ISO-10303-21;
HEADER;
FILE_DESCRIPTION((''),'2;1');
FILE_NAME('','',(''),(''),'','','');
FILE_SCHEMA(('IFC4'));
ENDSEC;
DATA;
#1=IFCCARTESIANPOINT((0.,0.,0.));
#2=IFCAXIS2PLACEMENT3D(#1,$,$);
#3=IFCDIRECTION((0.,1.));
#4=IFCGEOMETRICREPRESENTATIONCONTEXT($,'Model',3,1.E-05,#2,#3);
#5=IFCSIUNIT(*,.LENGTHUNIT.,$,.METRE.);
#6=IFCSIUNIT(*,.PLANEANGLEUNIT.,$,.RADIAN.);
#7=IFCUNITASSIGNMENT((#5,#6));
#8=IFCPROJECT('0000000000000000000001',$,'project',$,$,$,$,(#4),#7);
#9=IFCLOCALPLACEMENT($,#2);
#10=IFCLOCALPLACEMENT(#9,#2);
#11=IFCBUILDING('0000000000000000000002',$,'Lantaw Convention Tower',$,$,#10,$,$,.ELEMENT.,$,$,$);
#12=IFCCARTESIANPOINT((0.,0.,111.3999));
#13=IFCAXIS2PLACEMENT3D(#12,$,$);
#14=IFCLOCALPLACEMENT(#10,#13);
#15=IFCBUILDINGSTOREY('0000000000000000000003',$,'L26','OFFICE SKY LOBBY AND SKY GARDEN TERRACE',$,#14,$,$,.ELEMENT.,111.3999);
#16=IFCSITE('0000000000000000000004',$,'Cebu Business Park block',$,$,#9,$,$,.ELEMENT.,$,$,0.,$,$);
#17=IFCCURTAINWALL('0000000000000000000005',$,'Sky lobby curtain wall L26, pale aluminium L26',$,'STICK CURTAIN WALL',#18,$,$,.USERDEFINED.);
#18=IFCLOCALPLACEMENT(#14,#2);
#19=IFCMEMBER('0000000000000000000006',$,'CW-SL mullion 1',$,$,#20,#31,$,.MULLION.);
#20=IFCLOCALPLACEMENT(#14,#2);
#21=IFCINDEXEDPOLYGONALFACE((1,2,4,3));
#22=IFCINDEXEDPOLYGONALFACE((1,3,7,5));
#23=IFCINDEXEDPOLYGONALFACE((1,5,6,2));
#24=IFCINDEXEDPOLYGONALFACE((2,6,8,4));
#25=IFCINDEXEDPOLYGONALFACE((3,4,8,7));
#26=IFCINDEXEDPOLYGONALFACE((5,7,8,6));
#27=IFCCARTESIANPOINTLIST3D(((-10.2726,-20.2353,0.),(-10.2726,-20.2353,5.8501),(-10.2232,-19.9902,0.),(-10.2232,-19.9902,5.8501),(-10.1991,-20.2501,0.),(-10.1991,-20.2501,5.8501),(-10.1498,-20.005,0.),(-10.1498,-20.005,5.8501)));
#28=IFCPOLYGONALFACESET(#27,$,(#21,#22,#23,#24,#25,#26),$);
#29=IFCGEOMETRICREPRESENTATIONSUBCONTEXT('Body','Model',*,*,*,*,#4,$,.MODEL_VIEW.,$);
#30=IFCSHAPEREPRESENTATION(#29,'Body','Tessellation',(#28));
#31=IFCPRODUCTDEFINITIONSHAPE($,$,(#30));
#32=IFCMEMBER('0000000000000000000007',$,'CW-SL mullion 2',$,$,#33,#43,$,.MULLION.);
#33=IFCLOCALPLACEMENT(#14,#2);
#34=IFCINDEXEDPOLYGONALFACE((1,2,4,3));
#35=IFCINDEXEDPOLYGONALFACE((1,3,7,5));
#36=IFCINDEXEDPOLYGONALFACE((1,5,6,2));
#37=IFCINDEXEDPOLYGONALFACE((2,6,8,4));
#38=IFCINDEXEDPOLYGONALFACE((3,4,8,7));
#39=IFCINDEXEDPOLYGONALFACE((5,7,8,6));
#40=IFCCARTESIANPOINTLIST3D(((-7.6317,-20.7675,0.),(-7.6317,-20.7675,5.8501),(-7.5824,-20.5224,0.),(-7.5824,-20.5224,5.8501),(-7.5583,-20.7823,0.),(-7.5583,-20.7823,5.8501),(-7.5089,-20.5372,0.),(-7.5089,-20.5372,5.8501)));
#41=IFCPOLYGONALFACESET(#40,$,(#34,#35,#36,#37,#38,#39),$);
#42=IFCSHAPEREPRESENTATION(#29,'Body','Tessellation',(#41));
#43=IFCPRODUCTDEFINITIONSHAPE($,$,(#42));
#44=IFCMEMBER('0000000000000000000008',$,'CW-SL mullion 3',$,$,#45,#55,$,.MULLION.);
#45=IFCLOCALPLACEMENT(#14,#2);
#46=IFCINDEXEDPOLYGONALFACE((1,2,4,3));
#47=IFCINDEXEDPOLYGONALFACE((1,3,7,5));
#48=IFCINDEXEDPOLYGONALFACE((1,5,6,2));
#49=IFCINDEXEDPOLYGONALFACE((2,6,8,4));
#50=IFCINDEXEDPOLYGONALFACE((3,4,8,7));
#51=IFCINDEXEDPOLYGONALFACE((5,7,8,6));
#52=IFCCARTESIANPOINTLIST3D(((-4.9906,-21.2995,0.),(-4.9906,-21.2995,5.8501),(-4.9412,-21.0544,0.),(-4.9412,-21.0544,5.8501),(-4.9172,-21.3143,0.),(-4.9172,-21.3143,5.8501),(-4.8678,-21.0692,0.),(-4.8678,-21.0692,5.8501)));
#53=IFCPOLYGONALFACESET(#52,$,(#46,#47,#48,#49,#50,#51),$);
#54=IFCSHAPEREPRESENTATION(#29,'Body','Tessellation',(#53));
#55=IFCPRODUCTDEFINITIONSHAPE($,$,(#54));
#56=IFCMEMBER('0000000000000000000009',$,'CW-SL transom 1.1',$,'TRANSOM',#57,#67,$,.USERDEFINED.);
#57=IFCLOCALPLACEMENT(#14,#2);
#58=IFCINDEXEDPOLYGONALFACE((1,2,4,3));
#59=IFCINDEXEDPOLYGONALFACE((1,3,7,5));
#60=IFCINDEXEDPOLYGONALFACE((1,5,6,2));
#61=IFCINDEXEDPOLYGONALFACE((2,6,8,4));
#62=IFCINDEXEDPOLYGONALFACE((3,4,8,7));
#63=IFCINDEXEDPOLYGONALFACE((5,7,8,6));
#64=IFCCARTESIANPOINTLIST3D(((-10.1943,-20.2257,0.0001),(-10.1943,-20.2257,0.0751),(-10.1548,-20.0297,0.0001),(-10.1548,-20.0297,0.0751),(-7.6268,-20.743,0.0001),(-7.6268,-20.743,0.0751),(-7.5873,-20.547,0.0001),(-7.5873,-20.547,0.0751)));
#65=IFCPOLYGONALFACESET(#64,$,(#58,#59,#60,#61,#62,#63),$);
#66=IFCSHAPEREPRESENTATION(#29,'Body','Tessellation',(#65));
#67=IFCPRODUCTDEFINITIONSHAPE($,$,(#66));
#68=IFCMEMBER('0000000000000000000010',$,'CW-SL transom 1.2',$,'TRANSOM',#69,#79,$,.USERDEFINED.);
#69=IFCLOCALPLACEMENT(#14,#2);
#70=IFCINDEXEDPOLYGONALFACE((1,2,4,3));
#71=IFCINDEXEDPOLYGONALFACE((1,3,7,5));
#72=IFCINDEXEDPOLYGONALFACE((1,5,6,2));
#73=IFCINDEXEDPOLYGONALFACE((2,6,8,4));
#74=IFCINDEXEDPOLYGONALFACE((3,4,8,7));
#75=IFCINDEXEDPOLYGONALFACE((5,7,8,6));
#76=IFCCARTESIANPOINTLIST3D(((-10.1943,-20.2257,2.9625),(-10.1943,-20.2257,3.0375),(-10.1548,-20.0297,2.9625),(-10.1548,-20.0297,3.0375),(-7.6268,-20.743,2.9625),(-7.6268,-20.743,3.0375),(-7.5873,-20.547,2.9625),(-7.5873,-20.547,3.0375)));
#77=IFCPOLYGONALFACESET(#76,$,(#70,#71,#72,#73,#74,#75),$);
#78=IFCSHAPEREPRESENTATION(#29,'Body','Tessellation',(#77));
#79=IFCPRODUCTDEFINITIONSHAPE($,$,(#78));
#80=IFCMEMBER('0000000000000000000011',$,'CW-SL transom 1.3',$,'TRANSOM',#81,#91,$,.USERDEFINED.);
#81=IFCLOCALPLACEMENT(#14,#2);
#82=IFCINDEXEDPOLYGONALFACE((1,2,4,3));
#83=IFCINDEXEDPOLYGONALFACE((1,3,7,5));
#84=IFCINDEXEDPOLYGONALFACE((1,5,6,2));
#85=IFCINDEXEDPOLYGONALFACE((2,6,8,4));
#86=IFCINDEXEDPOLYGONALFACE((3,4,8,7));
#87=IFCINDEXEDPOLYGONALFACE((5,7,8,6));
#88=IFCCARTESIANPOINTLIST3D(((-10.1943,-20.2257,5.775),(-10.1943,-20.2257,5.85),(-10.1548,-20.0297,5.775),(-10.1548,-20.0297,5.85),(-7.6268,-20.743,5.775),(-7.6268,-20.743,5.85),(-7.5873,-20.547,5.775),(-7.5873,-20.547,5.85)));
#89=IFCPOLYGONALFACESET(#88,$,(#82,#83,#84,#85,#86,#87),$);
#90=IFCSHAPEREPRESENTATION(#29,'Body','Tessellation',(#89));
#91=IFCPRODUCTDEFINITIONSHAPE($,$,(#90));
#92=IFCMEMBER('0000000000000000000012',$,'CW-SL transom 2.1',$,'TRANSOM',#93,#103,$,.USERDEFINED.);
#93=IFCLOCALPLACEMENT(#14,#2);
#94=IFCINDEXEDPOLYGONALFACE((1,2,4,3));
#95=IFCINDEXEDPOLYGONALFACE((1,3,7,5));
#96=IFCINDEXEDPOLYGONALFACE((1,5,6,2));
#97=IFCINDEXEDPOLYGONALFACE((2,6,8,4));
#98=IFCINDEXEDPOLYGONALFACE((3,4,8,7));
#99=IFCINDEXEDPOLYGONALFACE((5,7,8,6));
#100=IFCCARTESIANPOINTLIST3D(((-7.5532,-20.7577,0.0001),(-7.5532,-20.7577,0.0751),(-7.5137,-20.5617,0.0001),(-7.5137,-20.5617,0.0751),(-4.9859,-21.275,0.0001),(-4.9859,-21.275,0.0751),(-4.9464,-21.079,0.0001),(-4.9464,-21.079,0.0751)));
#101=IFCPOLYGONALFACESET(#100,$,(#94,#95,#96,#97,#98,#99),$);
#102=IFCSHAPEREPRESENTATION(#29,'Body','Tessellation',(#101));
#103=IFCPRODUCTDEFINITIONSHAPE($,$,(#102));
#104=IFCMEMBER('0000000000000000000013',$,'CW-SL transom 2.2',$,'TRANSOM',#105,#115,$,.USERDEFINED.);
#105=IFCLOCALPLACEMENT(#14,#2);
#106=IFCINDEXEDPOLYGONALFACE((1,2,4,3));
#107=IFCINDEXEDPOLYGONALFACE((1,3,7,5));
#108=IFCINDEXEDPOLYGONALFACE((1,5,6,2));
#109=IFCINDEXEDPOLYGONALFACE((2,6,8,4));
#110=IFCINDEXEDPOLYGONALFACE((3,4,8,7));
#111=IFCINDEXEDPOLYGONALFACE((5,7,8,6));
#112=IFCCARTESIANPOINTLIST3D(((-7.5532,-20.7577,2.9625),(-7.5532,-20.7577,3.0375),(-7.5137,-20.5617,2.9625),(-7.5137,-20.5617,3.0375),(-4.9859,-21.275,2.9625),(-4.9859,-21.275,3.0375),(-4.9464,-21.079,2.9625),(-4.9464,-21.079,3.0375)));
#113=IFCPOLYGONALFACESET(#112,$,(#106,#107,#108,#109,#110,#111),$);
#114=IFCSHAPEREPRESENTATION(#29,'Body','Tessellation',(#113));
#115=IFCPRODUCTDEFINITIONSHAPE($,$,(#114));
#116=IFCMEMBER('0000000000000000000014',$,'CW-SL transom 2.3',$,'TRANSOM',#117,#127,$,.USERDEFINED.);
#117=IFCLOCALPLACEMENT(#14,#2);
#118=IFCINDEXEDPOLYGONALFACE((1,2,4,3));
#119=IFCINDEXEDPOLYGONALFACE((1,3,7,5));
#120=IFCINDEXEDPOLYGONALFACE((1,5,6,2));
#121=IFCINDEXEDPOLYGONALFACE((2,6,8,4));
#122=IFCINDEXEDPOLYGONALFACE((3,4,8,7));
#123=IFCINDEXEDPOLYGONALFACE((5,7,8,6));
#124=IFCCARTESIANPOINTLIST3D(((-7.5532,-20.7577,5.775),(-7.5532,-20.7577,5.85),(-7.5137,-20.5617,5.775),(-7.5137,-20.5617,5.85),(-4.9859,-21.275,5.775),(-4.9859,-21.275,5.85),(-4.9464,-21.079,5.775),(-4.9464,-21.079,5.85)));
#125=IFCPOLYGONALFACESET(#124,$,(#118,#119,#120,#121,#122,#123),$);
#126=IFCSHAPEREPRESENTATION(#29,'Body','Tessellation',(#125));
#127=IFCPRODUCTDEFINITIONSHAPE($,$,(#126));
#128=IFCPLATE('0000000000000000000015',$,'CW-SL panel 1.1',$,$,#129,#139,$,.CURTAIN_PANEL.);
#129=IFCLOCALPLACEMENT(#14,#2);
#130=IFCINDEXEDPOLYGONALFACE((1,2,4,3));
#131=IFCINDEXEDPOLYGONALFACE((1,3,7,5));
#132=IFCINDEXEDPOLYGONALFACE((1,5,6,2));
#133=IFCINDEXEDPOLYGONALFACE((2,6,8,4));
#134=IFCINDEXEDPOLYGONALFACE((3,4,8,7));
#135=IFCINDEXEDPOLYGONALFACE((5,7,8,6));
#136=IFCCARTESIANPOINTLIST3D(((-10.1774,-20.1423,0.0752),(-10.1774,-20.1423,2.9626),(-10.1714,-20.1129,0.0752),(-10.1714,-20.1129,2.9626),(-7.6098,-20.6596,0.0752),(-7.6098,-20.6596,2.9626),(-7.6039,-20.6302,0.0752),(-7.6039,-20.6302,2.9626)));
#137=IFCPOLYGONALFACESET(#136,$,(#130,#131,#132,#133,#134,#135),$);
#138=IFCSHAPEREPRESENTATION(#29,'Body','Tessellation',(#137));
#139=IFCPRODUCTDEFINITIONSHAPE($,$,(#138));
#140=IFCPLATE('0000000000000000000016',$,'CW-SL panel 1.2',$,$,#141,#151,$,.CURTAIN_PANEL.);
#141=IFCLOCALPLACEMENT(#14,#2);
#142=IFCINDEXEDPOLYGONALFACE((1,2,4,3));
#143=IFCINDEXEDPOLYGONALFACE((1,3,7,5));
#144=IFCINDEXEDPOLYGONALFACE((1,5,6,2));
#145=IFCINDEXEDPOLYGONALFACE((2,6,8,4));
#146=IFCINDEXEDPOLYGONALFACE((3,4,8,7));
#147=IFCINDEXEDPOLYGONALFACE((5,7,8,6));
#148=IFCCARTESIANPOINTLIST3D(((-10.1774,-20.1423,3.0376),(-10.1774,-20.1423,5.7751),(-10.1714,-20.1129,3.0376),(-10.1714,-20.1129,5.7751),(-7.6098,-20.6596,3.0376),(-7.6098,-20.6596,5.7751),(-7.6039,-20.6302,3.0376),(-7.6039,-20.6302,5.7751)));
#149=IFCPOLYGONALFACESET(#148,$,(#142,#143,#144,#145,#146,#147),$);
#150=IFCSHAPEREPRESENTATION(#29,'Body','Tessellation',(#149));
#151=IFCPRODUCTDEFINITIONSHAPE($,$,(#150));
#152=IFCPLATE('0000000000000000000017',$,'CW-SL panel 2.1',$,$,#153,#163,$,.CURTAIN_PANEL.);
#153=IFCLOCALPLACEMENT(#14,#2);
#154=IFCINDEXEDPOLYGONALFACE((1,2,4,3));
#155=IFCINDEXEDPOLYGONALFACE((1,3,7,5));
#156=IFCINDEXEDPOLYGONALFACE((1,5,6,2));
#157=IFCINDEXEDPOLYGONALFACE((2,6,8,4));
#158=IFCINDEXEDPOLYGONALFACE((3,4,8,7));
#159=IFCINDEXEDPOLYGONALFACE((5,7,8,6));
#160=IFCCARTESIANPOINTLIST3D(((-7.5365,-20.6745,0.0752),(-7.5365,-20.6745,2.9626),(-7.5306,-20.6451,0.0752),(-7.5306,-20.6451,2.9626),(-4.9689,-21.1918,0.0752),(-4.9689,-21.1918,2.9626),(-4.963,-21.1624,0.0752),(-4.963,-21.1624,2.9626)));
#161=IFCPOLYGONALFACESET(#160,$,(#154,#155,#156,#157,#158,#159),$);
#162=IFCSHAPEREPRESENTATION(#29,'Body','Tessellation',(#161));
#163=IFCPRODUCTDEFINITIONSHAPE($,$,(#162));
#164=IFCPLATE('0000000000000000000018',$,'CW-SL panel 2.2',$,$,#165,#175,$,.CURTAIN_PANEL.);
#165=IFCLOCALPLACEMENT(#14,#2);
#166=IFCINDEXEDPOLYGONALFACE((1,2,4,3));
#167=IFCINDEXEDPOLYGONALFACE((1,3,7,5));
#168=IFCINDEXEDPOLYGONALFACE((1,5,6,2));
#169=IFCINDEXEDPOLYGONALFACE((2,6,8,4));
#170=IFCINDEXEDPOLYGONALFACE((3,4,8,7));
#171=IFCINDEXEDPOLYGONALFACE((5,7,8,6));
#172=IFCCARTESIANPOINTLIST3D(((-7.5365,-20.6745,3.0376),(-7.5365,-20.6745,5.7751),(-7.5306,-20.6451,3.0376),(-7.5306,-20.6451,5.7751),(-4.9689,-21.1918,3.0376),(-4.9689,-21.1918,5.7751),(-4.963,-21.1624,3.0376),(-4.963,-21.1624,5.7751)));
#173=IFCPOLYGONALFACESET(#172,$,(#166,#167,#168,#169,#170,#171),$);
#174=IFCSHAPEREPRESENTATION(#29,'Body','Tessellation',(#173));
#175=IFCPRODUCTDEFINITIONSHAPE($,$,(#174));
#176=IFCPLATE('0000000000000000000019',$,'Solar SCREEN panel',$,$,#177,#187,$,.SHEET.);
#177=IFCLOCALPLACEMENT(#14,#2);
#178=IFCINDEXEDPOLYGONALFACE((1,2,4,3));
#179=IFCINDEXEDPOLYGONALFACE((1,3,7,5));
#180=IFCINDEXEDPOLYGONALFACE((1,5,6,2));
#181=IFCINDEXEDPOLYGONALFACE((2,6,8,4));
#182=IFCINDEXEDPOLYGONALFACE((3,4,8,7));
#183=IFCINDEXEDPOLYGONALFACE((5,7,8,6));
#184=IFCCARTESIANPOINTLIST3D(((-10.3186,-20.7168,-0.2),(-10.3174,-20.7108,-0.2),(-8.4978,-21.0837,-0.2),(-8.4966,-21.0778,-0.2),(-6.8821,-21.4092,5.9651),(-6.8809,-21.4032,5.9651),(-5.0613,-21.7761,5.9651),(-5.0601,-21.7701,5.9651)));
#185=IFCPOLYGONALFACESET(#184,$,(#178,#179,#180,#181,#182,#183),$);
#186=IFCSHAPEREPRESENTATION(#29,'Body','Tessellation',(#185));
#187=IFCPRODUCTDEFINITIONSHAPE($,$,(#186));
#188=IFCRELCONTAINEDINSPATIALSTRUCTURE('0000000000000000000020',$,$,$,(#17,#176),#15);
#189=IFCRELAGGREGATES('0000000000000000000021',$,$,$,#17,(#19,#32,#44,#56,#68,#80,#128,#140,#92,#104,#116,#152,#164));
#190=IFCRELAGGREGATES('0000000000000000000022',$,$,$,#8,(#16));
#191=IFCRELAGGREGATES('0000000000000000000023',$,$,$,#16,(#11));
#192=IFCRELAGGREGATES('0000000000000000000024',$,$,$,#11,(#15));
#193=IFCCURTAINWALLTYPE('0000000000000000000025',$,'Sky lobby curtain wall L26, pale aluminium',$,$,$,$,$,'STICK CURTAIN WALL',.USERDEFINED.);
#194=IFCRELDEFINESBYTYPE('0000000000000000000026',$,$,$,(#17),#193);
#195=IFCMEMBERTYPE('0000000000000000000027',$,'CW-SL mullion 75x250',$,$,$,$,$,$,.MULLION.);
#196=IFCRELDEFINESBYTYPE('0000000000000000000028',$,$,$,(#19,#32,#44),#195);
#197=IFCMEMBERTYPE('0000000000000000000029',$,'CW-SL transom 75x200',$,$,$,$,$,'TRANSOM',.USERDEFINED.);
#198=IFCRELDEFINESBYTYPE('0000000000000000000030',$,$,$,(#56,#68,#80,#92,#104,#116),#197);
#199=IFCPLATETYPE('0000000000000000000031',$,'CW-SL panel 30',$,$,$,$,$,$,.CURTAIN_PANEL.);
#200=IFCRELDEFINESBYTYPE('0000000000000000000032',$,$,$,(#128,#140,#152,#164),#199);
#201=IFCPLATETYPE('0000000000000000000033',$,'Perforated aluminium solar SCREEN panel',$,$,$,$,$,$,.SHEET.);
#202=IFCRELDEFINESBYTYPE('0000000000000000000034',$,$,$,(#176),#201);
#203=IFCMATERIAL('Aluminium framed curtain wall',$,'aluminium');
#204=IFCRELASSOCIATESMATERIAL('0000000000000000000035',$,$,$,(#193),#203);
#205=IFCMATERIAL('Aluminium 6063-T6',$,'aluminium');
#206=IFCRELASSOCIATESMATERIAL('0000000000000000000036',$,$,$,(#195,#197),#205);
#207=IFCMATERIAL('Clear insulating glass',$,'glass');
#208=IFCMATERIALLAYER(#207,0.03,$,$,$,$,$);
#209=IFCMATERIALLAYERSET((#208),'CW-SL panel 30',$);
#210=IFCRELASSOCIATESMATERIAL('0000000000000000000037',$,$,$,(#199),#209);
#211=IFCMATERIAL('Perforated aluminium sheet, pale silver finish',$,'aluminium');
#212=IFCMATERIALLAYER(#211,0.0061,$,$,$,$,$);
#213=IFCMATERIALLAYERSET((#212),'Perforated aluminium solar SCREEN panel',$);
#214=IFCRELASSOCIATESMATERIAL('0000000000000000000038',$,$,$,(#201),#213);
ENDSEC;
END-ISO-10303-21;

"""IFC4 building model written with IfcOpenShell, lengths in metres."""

from ifc_helpers import new_model, si_unit, direction, frame, origin, origin_2d, place, context, subcontext, project, spatial, polyline, rectangle, outline, extrude, material, layer, layer_set, material_profile, profile_set, type_object, element, aggregate, save


model = new_model("IFC4")

# Units and contexts
model_context = context("Model", 3, precision=1e-05, world=origin(), true_north=direction((0.0, 1.0)))
body_context = subcontext(model_context, "Body", "Model", "MODEL_VIEW")
ifc_project = project(units=[si_unit("LENGTHUNIT", "METRE"), si_unit("PLANEANGLEUNIT", "RADIAN")], contexts=[model_context])

# Site, building, storey
site_placement = place(None, origin())
site = spatial("IfcSite", under=ifc_project, at=site_placement, Name="Cebu Business Park block", CompositionType="ELEMENT", RefElevation=0.0)
building_placement = place(site_placement, origin())
building = spatial("IfcBuilding", under=site, at=building_placement, Name="Lantaw Convention Tower", CompositionType="ELEMENT")
storey_placement = place(building_placement, frame((0.0, 0.0, 111.3999)))
storey = spatial("IfcBuildingStorey", under=building, at=storey_placement, Name="L26", Description="OFFICE SKY LOBBY AND SKY GARDEN TERRACE", CompositionType="ELEMENT", Elevation=111.3999)

# Curtain wall, members, plates
ifc_material_1 = material(Name="Aluminium framed curtain wall", Category="aluminium")
curtain_wall_type = type_object("IfcCurtainWallType", Name="Sky lobby curtain wall L26, pale aluminium", ElementType="STICK CURTAIN WALL", PredefinedType="USERDEFINED", material=ifc_material_1)
curtain_wall_placement = place(storey_placement, origin())
curtain_wall = element("IfcCurtainWall", 1, at=curtain_wall_placement, inside=storey, type_object=curtain_wall_type, Name="Sky lobby curtain wall L26, pale aluminium L26", ObjectType="STICK CURTAIN WALL", PredefinedType="USERDEFINED")
ifc_material_2 = material(Name="Aluminium 6063-T6", Category="aluminium")
ifc_material_profile_1 = material_profile(ifc_material_2, rectangle(XDim=0.25, YDim=0.075, at=origin_2d()), Name="CW-SL mullion 75x250")
ifc_profile_set_1 = profile_set([ifc_material_profile_1], Name="Aluminium 6063-T6")
member_type_1 = type_object("IfcMemberType", Name="CW-SL mullion 75x250", PredefinedType="MULLION", material=ifc_profile_set_1)
member_1_placement = place(storey_placement, frame((-10.2112, -20.1201, 0.0), z_axis=(0.0, 0.0, 1.0), x_axis=(0.197507, 0.980302, 0.0)))
member_1 = element("IfcMember", 2, at=member_1_placement, type_object=member_type_1, Name="CW-SL mullion 1", PredefinedType="MULLION", context=body_context, shape_type="SweptSolid", body=[
    extrude(rectangle(XDim=0.25, YDim=0.075, at=origin_2d()), origin(), (0.0, 0.0, 1.0), 5.8501),
])
member_2_placement = place(storey_placement, frame((-7.5703, -20.6523, 0.0), z_axis=(0.0, 0.0, 1.0), x_axis=(0.197507, 0.980302, 0.0)))
member_2 = element("IfcMember", 3, at=member_2_placement, type_object=member_type_1, Name="CW-SL mullion 2", PredefinedType="MULLION", context=body_context, shape_type="SweptSolid", body=[
    extrude(rectangle(XDim=0.25, YDim=0.075, at=origin_2d()), origin(), (0.0, 0.0, 1.0), 5.8501),
])
member_3_placement = place(storey_placement, frame((-4.9292, -21.1843, 0.0), z_axis=(0.0, 0.0, 1.0), x_axis=(0.197507, 0.980302, 0.0)))
member_3 = element("IfcMember", 4, at=member_3_placement, type_object=member_type_1, Name="CW-SL mullion 3", PredefinedType="MULLION", context=body_context, shape_type="SweptSolid", body=[
    extrude(rectangle(XDim=0.25, YDim=0.075, at=origin_2d()), origin(), (0.0, 0.0, 1.0), 5.8501),
])
ifc_material_profile_2 = material_profile(ifc_material_2, rectangle(XDim=0.2, YDim=0.075, at=origin_2d()), Name="CW-SL transom 75x200")
ifc_profile_set_2 = profile_set([ifc_material_profile_2], Name="Aluminium 6063-T6")
member_type_2 = type_object("IfcMemberType", Name="CW-SL transom 75x200", ElementType="TRANSOM", PredefinedType="USERDEFINED", material=ifc_profile_set_2)
member_4_placement = place(storey_placement, frame((-10.1746, -20.1277, 0.0376), z_axis=(0.9803, -0.197514, 0.0), x_axis=(0.197514, 0.9803, 0.0)))
member_4 = element("IfcMember", 5, at=member_4_placement, type_object=member_type_2, Name="CW-SL transom 1.1", ObjectType="TRANSOM", PredefinedType="USERDEFINED", context=body_context, shape_type="SweptSolid", body=[
    extrude(rectangle(XDim=0.2, YDim=0.075, at=origin_2d()), origin(), (0.0, 0.0, 1.0), 2.6191),
])
member_5_placement = place(storey_placement, frame((-10.1746, -20.1277, 3.0), z_axis=(0.9803, -0.197514, 0.0), x_axis=(0.197514, 0.9803, 0.0)))
member_5 = element("IfcMember", 6, at=member_5_placement, type_object=member_type_2, Name="CW-SL transom 1.2", ObjectType="TRANSOM", PredefinedType="USERDEFINED", context=body_context, shape_type="SweptSolid", body=[
    extrude(rectangle(XDim=0.2, YDim=0.075, at=origin_2d()), origin(), (0.0, 0.0, 1.0), 2.6191),
])
member_6_placement = place(storey_placement, frame((-10.1746, -20.1277, 5.8125), z_axis=(0.9803, -0.197514, 0.0), x_axis=(0.197514, 0.9803, 0.0)))
member_6 = element("IfcMember", 7, at=member_6_placement, type_object=member_type_2, Name="CW-SL transom 1.3", ObjectType="TRANSOM", PredefinedType="USERDEFINED", context=body_context, shape_type="SweptSolid", body=[
    extrude(rectangle(XDim=0.2, YDim=0.075, at=origin_2d()), origin(), (0.0, 0.0, 1.0), 2.6191),
])
member_7_placement = place(storey_placement, frame((-7.5334, -20.6597, 0.0376), z_axis=(0.980296, -0.197532, 0.0), x_axis=(0.197532, 0.980296, 0.0)))
member_7 = element("IfcMember", 8, at=member_7_placement, type_object=member_type_2, Name="CW-SL transom 2.1", ObjectType="TRANSOM", PredefinedType="USERDEFINED", context=body_context, shape_type="SweptSolid", body=[
    extrude(rectangle(XDim=0.2, YDim=0.075, at=origin_2d()), origin(), (0.0, 0.0, 1.0), 2.6189),
])
member_8_placement = place(storey_placement, frame((-7.5334, -20.6597, 3.0), z_axis=(0.980296, -0.197532, 0.0), x_axis=(0.197532, 0.980296, 0.0)))
member_8 = element("IfcMember", 9, at=member_8_placement, type_object=member_type_2, Name="CW-SL transom 2.2", ObjectType="TRANSOM", PredefinedType="USERDEFINED", context=body_context, shape_type="SweptSolid", body=[
    extrude(rectangle(XDim=0.2, YDim=0.075, at=origin_2d()), origin(), (0.0, 0.0, 1.0), 2.6189),
])
member_9_placement = place(storey_placement, frame((-7.5334, -20.6597, 5.8125), z_axis=(0.980296, -0.197532, 0.0), x_axis=(0.197532, 0.980296, 0.0)))
member_9 = element("IfcMember", 10, at=member_9_placement, type_object=member_type_2, Name="CW-SL transom 2.3", ObjectType="TRANSOM", PredefinedType="USERDEFINED", context=body_context, shape_type="SweptSolid", body=[
    extrude(rectangle(XDim=0.2, YDim=0.075, at=origin_2d()), origin(), (0.0, 0.0, 1.0), 2.6189),
])
ifc_material_3 = material(Name="Clear insulating glass", Category="glass")
ifc_layer_1 = layer(ifc_material_3, 0.03)
ifc_layer_set_1 = layer_set([ifc_layer_1], Name="CW-SL panel 30")
plate_type_1 = type_object("IfcPlateType", Name="CW-SL panel 30", PredefinedType="CURTAIN_PANEL", material=ifc_layer_set_1)
plate_1_placement = place(storey_placement, frame((-8.8906, -20.3862, 0.0752), z_axis=(0.0, 0.0, 1.0), x_axis=(0.980302, -0.197507, 0.0)))
plate_1 = element("IfcPlate", 11, at=plate_1_placement, type_object=plate_type_1, Name="CW-SL panel 1.1", PredefinedType="CURTAIN_PANEL", context=body_context, shape_type="SweptSolid", body=[
    extrude(rectangle(XDim=2.6191, YDim=0.03, at=origin_2d()), origin(), (0.0, 0.0, 1.0), 2.8875),
])
plate_2_placement = place(storey_placement, frame((-8.8906, -20.3862, 3.0376), z_axis=(0.0, 0.0, 1.0), x_axis=(0.980302, -0.197507, 0.0)))
plate_2 = element("IfcPlate", 12, at=plate_2_placement, type_object=plate_type_1, Name="CW-SL panel 1.2", PredefinedType="CURTAIN_PANEL", context=body_context, shape_type="SweptSolid", body=[
    extrude(rectangle(XDim=2.6191, YDim=0.03, at=origin_2d()), origin(), (0.0, 0.0, 1.0), 2.7375),
])
plate_3_placement = place(storey_placement, frame((-6.2498, -20.9185, 0.0752), z_axis=(0.0, 0.0, 1.0), x_axis=(0.980302, -0.197507, 0.0)))
plate_3 = element("IfcPlate", 13, at=plate_3_placement, type_object=plate_type_1, Name="CW-SL panel 2.1", PredefinedType="CURTAIN_PANEL", context=body_context, shape_type="SweptSolid", body=[
    extrude(rectangle(XDim=2.6191, YDim=0.03, at=origin_2d()), origin(), (0.0, 0.0, 1.0), 2.8875),
])
plate_4_placement = place(storey_placement, frame((-6.2498, -20.9185, 3.0376), z_axis=(0.0, 0.0, 1.0), x_axis=(0.980302, -0.197507, 0.0)))
plate_4 = element("IfcPlate", 14, at=plate_4_placement, type_object=plate_type_1, Name="CW-SL panel 2.2", PredefinedType="CURTAIN_PANEL", context=body_context, shape_type="SweptSolid", body=[
    extrude(rectangle(XDim=2.6191, YDim=0.03, at=origin_2d()), origin(), (0.0, 0.0, 1.0), 2.7375),
])
aggregate(curtain_wall, [member_1, member_2, member_3, member_4, member_5, member_6, plate_1, plate_2, member_7, member_8, member_9, plate_3, plate_4])

# Plate
ifc_material_4 = material(Name="Perforated aluminium sheet, pale silver finish", Category="aluminium")
ifc_layer_2 = layer(ifc_material_4, 0.0061)
ifc_layer_set_2 = layer_set([ifc_layer_2], Name="Perforated aluminium solar SCREEN panel")
plate_type_2 = type_object("IfcPlateType", Name="Perforated aluminium solar SCREEN panel", PredefinedType="SHEET", material=ifc_layer_set_2)
plate_5_placement = place(storey_placement, frame((-10.3186, -20.7168, -0.2), z_axis=(-0.197557, -0.980291, 0.000028), x_axis=(0.980291, -0.197557, 0.0)))
element("IfcPlate", 15, at=plate_5_placement, inside=storey, type_object=plate_type_2, Name="Solar SCREEN panel", PredefinedType="SHEET", context=body_context, shape_type="SweptSolid", body=[
    extrude(outline(polyline([(0.0, 0.0), (1.8574, 0.0), (5.363, 6.165), (3.5056, 6.165), (0.0, 0.0)])), origin(), (0.0, 0.0, -1.0), 0.0061),
])

save(model, "model.ifc")
